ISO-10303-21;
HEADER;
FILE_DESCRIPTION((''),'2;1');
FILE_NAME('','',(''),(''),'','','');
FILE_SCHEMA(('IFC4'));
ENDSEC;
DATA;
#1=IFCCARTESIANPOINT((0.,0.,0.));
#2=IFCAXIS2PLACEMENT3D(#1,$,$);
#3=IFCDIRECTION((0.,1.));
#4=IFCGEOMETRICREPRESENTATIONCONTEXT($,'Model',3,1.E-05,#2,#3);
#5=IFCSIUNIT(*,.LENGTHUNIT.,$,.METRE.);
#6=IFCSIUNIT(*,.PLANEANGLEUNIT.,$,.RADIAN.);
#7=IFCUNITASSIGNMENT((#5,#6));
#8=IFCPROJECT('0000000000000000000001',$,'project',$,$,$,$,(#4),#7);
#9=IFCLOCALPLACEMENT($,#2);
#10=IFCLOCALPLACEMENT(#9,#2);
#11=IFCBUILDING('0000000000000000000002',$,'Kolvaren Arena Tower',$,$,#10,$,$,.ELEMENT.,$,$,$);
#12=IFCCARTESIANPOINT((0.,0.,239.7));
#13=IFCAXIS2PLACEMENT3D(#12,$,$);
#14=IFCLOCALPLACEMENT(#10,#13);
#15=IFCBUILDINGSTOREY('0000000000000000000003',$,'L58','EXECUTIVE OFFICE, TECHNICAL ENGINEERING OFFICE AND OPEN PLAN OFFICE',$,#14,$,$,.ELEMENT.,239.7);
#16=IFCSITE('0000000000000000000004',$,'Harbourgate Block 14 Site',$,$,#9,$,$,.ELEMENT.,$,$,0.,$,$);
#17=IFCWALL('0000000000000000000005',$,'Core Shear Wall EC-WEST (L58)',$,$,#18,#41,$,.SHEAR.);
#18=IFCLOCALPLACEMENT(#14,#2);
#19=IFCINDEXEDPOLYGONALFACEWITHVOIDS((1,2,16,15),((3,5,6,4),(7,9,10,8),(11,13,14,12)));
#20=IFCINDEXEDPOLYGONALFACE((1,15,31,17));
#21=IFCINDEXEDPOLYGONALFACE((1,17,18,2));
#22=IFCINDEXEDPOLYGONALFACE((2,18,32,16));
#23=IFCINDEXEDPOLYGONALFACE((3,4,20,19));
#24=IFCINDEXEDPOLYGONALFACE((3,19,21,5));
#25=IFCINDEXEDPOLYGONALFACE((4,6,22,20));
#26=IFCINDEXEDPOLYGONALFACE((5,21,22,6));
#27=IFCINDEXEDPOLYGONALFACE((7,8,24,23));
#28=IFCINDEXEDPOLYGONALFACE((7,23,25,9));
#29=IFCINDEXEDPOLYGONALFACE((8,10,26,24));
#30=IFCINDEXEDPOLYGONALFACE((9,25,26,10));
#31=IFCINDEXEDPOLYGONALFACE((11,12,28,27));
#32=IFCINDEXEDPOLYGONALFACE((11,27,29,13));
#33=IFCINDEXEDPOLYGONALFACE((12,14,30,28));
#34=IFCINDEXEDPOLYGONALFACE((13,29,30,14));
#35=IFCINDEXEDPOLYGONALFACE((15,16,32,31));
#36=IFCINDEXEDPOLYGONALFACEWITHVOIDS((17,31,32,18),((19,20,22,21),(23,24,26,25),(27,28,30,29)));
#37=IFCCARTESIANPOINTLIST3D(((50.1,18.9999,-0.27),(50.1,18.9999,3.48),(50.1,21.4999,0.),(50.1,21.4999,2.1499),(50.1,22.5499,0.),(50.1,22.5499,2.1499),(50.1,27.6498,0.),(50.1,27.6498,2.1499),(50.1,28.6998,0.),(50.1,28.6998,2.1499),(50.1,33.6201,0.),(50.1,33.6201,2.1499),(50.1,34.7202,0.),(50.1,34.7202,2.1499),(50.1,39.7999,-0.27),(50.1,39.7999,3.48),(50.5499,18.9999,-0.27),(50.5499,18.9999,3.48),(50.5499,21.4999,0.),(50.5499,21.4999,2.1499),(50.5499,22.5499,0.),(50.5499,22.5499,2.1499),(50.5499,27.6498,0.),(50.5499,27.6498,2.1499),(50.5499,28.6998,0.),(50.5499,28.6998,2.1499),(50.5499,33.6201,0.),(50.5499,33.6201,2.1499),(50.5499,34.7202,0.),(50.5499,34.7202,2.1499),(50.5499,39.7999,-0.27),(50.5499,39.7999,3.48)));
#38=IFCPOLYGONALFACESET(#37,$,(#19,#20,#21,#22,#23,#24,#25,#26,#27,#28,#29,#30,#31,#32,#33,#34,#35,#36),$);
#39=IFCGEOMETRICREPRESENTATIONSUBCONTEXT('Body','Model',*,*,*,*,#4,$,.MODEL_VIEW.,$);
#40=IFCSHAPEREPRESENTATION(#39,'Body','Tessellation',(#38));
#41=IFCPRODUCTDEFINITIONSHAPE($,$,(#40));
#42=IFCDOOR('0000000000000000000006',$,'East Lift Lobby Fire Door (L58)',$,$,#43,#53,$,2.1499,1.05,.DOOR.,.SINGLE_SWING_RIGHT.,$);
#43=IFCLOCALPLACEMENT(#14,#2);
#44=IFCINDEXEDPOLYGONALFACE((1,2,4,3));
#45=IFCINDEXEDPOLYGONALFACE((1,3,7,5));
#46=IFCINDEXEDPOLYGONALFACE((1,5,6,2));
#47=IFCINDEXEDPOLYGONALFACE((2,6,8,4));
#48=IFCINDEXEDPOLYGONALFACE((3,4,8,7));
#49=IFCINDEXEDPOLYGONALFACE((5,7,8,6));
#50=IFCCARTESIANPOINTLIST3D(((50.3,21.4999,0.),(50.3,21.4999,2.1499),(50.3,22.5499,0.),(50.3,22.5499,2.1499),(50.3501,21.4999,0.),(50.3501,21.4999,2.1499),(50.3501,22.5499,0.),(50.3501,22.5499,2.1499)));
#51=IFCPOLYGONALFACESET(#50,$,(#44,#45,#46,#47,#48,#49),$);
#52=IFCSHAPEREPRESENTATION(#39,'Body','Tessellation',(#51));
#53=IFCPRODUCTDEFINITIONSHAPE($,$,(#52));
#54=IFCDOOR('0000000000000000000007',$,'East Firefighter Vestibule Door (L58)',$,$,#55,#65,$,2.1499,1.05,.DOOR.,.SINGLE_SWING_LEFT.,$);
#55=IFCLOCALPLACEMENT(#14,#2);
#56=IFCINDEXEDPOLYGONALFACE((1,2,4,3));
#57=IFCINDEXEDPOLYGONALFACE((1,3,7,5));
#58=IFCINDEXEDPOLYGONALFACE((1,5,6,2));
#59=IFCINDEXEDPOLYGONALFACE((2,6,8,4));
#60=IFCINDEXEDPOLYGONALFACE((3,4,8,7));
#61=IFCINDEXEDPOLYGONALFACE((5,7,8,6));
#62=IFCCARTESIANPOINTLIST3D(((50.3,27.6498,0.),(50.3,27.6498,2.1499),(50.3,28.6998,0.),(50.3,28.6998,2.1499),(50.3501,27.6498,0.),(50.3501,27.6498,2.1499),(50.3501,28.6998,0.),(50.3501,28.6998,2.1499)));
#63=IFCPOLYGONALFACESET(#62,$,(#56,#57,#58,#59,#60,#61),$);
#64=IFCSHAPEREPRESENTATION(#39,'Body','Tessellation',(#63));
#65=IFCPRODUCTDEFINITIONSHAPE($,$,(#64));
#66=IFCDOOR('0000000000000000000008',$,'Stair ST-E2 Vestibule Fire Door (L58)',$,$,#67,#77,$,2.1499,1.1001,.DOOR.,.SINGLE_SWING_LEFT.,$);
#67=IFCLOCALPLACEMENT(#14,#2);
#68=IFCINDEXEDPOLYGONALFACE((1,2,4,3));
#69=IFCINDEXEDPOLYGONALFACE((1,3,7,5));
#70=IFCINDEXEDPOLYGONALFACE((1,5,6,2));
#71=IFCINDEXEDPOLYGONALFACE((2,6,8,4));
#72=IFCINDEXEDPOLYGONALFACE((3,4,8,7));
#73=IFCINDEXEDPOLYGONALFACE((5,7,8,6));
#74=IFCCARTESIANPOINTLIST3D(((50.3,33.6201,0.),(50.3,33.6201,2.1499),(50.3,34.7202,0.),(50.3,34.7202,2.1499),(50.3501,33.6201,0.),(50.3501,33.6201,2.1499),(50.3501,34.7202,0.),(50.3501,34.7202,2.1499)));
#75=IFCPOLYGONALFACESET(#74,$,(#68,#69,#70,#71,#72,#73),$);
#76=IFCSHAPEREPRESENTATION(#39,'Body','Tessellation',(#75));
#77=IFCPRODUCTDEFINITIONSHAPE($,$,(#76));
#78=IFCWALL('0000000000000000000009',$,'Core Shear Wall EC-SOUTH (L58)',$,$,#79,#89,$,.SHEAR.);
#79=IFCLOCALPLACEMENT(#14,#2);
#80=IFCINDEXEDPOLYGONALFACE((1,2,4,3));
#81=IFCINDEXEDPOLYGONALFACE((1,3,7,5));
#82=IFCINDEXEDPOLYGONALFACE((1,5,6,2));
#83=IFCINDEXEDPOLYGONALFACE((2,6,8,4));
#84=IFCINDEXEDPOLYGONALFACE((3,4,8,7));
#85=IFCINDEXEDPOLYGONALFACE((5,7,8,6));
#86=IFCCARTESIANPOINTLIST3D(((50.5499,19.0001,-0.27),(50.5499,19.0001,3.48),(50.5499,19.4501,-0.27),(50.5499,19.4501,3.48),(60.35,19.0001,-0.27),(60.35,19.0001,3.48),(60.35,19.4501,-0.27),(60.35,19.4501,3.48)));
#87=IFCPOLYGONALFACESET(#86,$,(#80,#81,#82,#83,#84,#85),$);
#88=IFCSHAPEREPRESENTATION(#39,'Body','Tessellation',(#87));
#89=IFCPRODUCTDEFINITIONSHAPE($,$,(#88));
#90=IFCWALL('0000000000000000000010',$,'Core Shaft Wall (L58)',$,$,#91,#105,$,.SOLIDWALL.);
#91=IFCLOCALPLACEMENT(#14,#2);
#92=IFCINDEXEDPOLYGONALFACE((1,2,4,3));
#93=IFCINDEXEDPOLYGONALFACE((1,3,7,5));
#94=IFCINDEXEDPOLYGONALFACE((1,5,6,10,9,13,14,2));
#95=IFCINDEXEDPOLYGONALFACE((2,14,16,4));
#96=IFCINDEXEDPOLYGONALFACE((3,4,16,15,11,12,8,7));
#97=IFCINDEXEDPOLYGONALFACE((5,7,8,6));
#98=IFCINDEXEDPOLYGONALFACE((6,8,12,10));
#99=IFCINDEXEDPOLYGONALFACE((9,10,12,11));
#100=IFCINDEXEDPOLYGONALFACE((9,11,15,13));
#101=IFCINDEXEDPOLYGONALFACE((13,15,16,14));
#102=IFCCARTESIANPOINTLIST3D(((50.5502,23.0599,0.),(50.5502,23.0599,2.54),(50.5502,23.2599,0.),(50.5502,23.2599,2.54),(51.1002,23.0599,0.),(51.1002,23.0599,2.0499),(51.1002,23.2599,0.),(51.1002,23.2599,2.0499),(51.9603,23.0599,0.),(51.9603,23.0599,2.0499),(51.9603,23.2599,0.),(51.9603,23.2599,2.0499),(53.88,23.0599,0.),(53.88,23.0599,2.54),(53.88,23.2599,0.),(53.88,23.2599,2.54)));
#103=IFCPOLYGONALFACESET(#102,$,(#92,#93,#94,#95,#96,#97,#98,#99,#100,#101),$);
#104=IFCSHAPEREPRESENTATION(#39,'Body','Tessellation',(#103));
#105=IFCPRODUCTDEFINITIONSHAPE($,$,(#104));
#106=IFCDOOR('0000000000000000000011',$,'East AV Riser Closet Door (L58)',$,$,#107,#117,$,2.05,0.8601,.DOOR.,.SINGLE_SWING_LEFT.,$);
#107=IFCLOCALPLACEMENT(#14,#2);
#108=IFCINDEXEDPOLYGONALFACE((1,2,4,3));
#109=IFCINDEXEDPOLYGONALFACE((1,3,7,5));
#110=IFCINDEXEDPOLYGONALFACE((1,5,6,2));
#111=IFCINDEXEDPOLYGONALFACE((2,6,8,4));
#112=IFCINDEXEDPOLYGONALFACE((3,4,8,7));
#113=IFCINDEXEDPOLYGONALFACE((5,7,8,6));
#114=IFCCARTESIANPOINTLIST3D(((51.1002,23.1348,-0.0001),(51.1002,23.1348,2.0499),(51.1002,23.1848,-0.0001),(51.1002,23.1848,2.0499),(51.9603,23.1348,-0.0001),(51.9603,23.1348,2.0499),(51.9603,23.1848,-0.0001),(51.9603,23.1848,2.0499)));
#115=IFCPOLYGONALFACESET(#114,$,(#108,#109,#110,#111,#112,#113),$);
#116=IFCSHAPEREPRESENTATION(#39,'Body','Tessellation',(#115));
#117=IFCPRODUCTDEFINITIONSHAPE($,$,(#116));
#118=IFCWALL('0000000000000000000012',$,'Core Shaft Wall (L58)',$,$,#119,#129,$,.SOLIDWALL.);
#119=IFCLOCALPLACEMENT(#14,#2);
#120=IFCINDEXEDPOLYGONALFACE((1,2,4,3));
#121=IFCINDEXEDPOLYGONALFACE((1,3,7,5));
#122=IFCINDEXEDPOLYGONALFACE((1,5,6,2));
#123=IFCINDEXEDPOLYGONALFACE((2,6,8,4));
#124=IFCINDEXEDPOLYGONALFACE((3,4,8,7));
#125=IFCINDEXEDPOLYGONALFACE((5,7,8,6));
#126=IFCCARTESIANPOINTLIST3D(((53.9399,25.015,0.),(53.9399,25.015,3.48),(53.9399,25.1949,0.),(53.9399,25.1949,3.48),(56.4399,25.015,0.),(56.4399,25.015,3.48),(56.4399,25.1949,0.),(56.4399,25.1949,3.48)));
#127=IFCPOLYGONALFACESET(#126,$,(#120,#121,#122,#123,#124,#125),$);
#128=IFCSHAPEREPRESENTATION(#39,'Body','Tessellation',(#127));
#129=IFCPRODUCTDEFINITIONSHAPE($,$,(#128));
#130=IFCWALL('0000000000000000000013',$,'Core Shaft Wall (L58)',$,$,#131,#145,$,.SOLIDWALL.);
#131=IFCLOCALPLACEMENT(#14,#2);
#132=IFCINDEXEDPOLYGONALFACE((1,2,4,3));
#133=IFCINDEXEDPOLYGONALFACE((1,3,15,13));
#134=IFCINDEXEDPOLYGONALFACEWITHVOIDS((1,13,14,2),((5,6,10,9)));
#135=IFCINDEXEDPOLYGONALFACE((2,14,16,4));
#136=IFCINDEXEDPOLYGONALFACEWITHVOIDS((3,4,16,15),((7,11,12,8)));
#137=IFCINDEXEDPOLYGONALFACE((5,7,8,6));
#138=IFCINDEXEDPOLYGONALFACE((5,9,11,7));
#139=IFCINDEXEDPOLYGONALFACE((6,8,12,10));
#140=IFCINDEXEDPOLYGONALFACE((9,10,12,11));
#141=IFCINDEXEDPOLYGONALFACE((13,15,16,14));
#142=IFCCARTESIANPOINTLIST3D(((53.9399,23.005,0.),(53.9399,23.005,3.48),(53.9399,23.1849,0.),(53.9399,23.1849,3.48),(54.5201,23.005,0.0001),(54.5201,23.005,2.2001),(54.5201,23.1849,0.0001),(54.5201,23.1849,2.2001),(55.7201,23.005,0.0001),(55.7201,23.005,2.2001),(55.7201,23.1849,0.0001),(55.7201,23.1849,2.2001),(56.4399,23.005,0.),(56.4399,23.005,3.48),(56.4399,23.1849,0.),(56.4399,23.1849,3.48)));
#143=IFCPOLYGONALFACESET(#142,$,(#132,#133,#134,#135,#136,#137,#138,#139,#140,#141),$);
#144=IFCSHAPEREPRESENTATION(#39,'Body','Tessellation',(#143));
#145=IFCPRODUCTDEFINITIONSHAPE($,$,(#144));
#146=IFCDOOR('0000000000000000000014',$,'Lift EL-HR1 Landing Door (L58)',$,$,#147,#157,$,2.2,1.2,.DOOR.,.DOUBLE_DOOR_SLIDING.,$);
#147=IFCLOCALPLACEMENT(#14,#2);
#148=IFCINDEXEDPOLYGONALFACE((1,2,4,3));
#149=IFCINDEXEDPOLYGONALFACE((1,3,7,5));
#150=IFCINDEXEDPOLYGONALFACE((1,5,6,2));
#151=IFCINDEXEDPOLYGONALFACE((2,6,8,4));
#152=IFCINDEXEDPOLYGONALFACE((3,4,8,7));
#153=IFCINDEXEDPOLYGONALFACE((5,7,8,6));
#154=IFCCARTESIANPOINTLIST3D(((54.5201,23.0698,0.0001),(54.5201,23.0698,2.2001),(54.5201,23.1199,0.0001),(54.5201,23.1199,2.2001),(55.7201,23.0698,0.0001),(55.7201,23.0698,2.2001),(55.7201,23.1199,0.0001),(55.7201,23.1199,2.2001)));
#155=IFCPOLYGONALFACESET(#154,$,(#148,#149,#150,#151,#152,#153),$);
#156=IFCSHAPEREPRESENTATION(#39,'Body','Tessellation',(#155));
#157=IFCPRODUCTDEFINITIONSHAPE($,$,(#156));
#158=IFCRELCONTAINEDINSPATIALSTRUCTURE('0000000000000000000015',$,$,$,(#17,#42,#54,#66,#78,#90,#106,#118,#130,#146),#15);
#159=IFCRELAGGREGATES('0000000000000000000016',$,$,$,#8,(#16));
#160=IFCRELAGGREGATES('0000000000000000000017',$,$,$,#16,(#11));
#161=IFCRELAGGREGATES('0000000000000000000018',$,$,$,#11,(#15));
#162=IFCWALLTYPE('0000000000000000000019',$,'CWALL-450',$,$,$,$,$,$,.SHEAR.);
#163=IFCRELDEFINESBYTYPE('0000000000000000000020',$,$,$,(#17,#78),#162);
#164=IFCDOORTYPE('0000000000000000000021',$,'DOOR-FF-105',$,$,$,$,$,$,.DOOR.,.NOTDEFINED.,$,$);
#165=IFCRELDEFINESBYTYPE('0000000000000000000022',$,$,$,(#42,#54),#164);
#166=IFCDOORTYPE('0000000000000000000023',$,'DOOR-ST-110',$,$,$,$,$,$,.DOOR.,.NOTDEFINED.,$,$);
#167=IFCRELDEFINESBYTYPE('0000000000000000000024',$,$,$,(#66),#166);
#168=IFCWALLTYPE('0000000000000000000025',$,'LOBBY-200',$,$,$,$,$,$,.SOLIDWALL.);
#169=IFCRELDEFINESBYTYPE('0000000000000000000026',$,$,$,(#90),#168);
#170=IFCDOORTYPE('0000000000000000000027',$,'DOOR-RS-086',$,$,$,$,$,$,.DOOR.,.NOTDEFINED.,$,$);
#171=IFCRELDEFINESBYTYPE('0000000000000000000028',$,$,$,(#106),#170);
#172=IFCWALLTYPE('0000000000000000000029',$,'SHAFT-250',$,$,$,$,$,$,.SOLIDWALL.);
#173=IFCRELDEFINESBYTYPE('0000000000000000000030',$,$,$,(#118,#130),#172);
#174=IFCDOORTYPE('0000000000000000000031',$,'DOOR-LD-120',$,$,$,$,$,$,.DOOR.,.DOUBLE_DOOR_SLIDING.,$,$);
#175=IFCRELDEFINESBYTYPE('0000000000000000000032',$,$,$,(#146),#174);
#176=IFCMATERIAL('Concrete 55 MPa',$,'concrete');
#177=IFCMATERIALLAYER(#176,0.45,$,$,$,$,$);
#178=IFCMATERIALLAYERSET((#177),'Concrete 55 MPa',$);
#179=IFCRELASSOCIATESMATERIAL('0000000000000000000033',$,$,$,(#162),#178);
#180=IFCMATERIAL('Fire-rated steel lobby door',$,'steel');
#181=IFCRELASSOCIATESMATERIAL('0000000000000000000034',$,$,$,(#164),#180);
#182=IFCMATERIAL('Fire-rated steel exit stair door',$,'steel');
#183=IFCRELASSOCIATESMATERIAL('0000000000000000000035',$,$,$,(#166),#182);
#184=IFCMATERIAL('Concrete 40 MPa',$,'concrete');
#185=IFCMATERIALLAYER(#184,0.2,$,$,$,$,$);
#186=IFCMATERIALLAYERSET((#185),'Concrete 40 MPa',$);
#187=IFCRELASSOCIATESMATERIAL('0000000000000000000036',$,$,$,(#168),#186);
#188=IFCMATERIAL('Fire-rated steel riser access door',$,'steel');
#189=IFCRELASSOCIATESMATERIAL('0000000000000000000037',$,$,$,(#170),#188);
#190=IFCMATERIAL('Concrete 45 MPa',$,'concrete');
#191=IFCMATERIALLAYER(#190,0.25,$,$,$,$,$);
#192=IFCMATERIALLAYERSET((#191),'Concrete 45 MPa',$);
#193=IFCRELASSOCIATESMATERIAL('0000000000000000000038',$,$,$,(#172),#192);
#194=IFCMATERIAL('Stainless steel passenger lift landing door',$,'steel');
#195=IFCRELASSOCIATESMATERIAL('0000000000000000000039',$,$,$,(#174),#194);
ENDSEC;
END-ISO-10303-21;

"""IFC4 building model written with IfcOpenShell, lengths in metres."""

from ifc_helpers import new_model, si_unit, direction, frame, frame_2d, origin, place, context, subcontext, project, spatial, rectangle, extrude, material, layer, layer_set, type_object, element, fill, save


model = new_model("IFC4")

# Units and contexts
model_context = context("Model", 3, precision=1e-05, world=origin(), true_north=direction((0.0, 1.0)))
body_context = subcontext(model_context, "Body", "Model", "MODEL_VIEW")
ifc_project = project(units=[si_unit("LENGTHUNIT", "METRE"), si_unit("PLANEANGLEUNIT", "RADIAN")], contexts=[model_context])

# Site, building, storey
site_placement = place(None, origin())
site = spatial("IfcSite", under=ifc_project, at=site_placement, Name="Harbourgate Block 14 Site", CompositionType="ELEMENT", RefElevation=0.0)
building_placement = place(site_placement, origin())
building = spatial("IfcBuilding", under=site, at=building_placement, Name="Kolvaren Arena Tower", CompositionType="ELEMENT")
storey_placement = place(building_placement, frame((0.0, 0.0, 239.7)))
storey = spatial("IfcBuildingStorey", under=building, at=storey_placement, Name="L58", Description="EXECUTIVE OFFICE, TECHNICAL ENGINEERING OFFICE AND OPEN PLAN OFFICE", CompositionType="ELEMENT", Elevation=239.7)

# Wall, openings, doors
ifc_material_1 = material(Name="Concrete 55 MPa", Category="concrete")
ifc_layer_1 = layer(ifc_material_1, 0.45)
ifc_layer_set_1 = layer_set([ifc_layer_1], Name="Concrete 55 MPa")
wall_type_1 = type_object("IfcWallType", Name="CWALL-450", PredefinedType="SHEAR", material=ifc_layer_set_1)
wall_1_placement = place(storey_placement, frame((50.325, 19.0, -0.27), z_axis=(0.0, 0.0, 1.0), x_axis=(0.0, 1.0, 0.0)))
wall_1 = element("IfcWall", 1, at=wall_1_placement, inside=storey, type_object=wall_type_1, Name="Core Shear Wall EC-WEST (L58)", PredefinedType="SHEAR", context=body_context, shape_type="SweptSolid", body=[
    extrude(rectangle(XDim=20.8, YDim=0.45, at=frame_2d((10.3999, 0.0))), origin(), (0.0, 0.0, 1.0), 3.75),
])
opening_1_placement = place(wall_1_placement, frame((2.5, 0.0, 0.27)))
opening_1 = element("IfcOpeningElement", 2, at=opening_1_placement, cuts=wall_1, PredefinedType="OPENING", context=body_context, shape_type="SweptSolid", body=[
    extrude(rectangle(XDim=1.05, YDim=2.1499, at=frame_2d((0.5249, 1.075))), frame((0.0, 0.2349, 0.0), z_axis=(0.0, -1.0, 0.0), x_axis=(1.0, 0.0, 0.0)), (0.0, 0.0, 1.0), 0.47),
])
opening_2_placement = place(wall_1_placement, frame((8.6499, 0.0, 0.27)))
opening_2 = element("IfcOpeningElement", 3, at=opening_2_placement, cuts=wall_1, PredefinedType="OPENING", context=body_context, shape_type="SweptSolid", body=[
    extrude(rectangle(XDim=1.05, YDim=2.1499, at=frame_2d((0.5249, 1.075))), frame((0.0, 0.2349, 0.0), z_axis=(0.0, -1.0, 0.0), x_axis=(1.0, 0.0, 0.0)), (0.0, 0.0, 1.0), 0.47),
])
opening_3_placement = place(wall_1_placement, frame((14.6201, 0.0, 0.27)))
opening_3 = element("IfcOpeningElement", 4, at=opening_3_placement, cuts=wall_1, PredefinedType="OPENING", context=body_context, shape_type="SweptSolid", body=[
    extrude(rectangle(XDim=1.1001, YDim=2.1499, at=frame_2d((0.55, 1.075))), frame((0.0, 0.2349, 0.0), z_axis=(0.0, -1.0, 0.0), x_axis=(1.0, 0.0, 0.0)), (0.0, 0.0, 1.0), 0.47),
])
ifc_material_2 = material(Name="Fire-rated steel lobby door", Category="steel")
door_type_1 = type_object("IfcDoorType", Name="DOOR-FF-105", OperationType="NOTDEFINED", PredefinedType="DOOR", material=ifc_material_2)
door_1_placement = place(opening_1_placement, origin())
door_1 = element("IfcDoor", 5, at=door_1_placement, inside=storey, type_object=door_type_1, Name="East Lift Lobby Fire Door (L58)", OperationType="SINGLE_SWING_RIGHT", OverallHeight=2.1499, OverallWidth=1.05, PredefinedType="DOOR", context=body_context, shape_type="SweptSolid", body=[
    extrude(rectangle(XDim=1.05, YDim=2.1499, at=frame_2d((0.5249, 1.075))), frame((0.0, 0.0249, 0.0), z_axis=(0.0, -1.0, 0.0), x_axis=(1.0, 0.0, 0.0)), (0.0, 0.0, 1.0), 0.05),
])
fill(opening_1, door_1)
door_2_placement = place(opening_2_placement, origin())
door_2 = element("IfcDoor", 6, at=door_2_placement, inside=storey, type_object=door_type_1, Name="East Firefighter Vestibule Door (L58)", OperationType="SINGLE_SWING_LEFT", OverallHeight=2.1499, OverallWidth=1.05, PredefinedType="DOOR", context=body_context, shape_type="SweptSolid", body=[
    extrude(rectangle(XDim=1.05, YDim=2.1499, at=frame_2d((0.5249, 1.075))), frame((0.0, 0.0249, 0.0), z_axis=(0.0, -1.0, 0.0), x_axis=(1.0, 0.0, 0.0)), (0.0, 0.0, 1.0), 0.05),
])
fill(opening_2, door_2)
ifc_material_3 = material(Name="Fire-rated steel exit stair door", Category="steel")
door_type_2 = type_object("IfcDoorType", Name="DOOR-ST-110", OperationType="NOTDEFINED", PredefinedType="DOOR", material=ifc_material_3)
door_3_placement = place(opening_3_placement, origin())
door_3 = element("IfcDoor", 7, at=door_3_placement, inside=storey, type_object=door_type_2, Name="Stair ST-E2 Vestibule Fire Door (L58)", OperationType="SINGLE_SWING_LEFT", OverallHeight=2.1499, OverallWidth=1.1001, PredefinedType="DOOR", context=body_context, shape_type="SweptSolid", body=[
    extrude(rectangle(XDim=1.1001, YDim=2.1499, at=frame_2d((0.55, 1.075))), frame((0.0, 0.0249, 0.0), z_axis=(0.0, -1.0, 0.0), x_axis=(1.0, 0.0, 0.0)), (0.0, 0.0, 1.0), 0.05),
])
fill(opening_3, door_3)

# Wall
wall_2_placement = place(storey_placement, frame((50.55, 19.2251, -0.27), z_axis=(0.0, 0.0, 1.0), x_axis=(1.0, 0.0, 0.0)))
element("IfcWall", 8, at=wall_2_placement, inside=storey, type_object=wall_type_1, Name="Core Shear Wall EC-SOUTH (L58)", PredefinedType="SHEAR", context=body_context, shape_type="SweptSolid", body=[
    extrude(rectangle(XDim=9.8, YDim=0.45, at=frame_2d((4.8999, 0.0))), origin(), (0.0, 0.0, 1.0), 3.75),
])

# Shared definitions
ifc_material_4 = material(Name="Concrete 40 MPa", Category="concrete")
ifc_layer_2 = layer(ifc_material_4, 0.2)
ifc_layer_set_2 = layer_set([ifc_layer_2], Name="Concrete 40 MPa")
wall_type_2 = type_object("IfcWallType", Name="LOBBY-200", PredefinedType="SOLIDWALL", material=ifc_layer_set_2)

# Wall, opening, door
wall_3_placement = place(storey_placement, frame((50.55, 23.1599, 0.0), z_axis=(0.0, 0.0, 1.0), x_axis=(1.0, 0.0, 0.0)))
wall_3 = element("IfcWall", 9, at=wall_3_placement, inside=storey, type_object=wall_type_2, Name="Core Shaft Wall (L58)", PredefinedType="SOLIDWALL", context=body_context, shape_type="SweptSolid", body=[
    extrude(rectangle(XDim=3.3298, YDim=0.2, at=frame_2d((1.665, 0.0))), origin(), (0.0, 0.0, 1.0), 2.54),
])
opening_4_placement = place(wall_3_placement, frame((0.55, 0.0, 0.0)))
opening_4 = element("IfcOpeningElement", 10, at=opening_4_placement, cuts=wall_3, PredefinedType="OPENING", context=body_context, shape_type="SweptSolid", body=[
    extrude(rectangle(XDim=0.8601, YDim=2.05, at=frame_2d((0.4302, 1.0249))), frame((0.0, 0.1099, 0.0), z_axis=(0.0, -1.0, 0.0), x_axis=(1.0, 0.0, 0.0)), (0.0, 0.0, 1.0), 0.22),
])
ifc_material_5 = material(Name="Fire-rated steel riser access door", Category="steel")
door_type_3 = type_object("IfcDoorType", Name="DOOR-RS-086", OperationType="NOTDEFINED", PredefinedType="DOOR", material=ifc_material_5)
door_4_placement = place(opening_4_placement, origin())
door_4 = element("IfcDoor", 11, at=door_4_placement, inside=storey, type_object=door_type_3, Name="East AV Riser Closet Door (L58)", OperationType="SINGLE_SWING_LEFT", OverallHeight=2.05, OverallWidth=0.8601, PredefinedType="DOOR", context=body_context, shape_type="SweptSolid", body=[
    extrude(rectangle(XDim=0.8601, YDim=2.05, at=frame_2d((0.4302, 1.0249))), frame((0.0, 0.0249, 0.0), z_axis=(0.0, -1.0, 0.0), x_axis=(1.0, 0.0, 0.0)), (0.0, 0.0, 1.0), 0.05),
])
fill(opening_4, door_4)

# Wall
ifc_material_6 = material(Name="Concrete 45 MPa", Category="concrete")
ifc_layer_3 = layer(ifc_material_6, 0.25)
ifc_layer_set_3 = layer_set([ifc_layer_3], Name="Concrete 45 MPa")
wall_type_3 = type_object("IfcWallType", Name="SHAFT-250", PredefinedType="SOLIDWALL", material=ifc_layer_set_3)
wall_4_placement = place(storey_placement, frame((53.9399, 25.105, 0.0), z_axis=(0.0, 0.0, 1.0), x_axis=(1.0, 0.0, 0.0)))
element("IfcWall", 12, at=wall_4_placement, inside=storey, type_object=wall_type_3, Name="Core Shaft Wall (L58)", PredefinedType="SOLIDWALL", context=body_context, shape_type="SweptSolid", body=[
    extrude(rectangle(XDim=2.5, YDim=0.1799, at=frame_2d((1.25, 0.0))), origin(), (0.0, 0.0, 1.0), 3.48),
])

# Wall, opening, door
wall_5_placement = place(storey_placement, frame((53.9399, 23.095, 0.0), z_axis=(0.0, 0.0, 1.0), x_axis=(1.0, 0.0, 0.0)))
wall_5 = element("IfcWall", 13, at=wall_5_placement, inside=storey, type_object=wall_type_3, Name="Core Shaft Wall (L58)", PredefinedType="SOLIDWALL", context=body_context, shape_type="SweptSolid", body=[
    extrude(rectangle(XDim=2.5, YDim=0.1799, at=frame_2d((1.25, 0.0))), origin(), (0.0, 0.0, 1.0), 3.48),
])
opening_5_placement = place(wall_5_placement, frame((0.5801, 0.0, 0.0)))
opening_5 = element("IfcOpeningElement", 14, at=opening_5_placement, cuts=wall_5, PredefinedType="OPENING", context=body_context, shape_type="SweptSolid", body=[
    extrude(rectangle(XDim=1.2, YDim=2.2, at=frame_2d((0.6001, 1.1001))), frame((0.0, 0.0999, 0.0), z_axis=(0.0, -1.0, 0.0), x_axis=(1.0, 0.0, 0.0)), (0.0, 0.0, 1.0), 0.2),
])
ifc_material_7 = material(Name="Stainless steel passenger lift landing door", Category="steel")
door_type_4 = type_object("IfcDoorType", Name="DOOR-LD-120", OperationType="DOUBLE_DOOR_SLIDING", PredefinedType="DOOR", material=ifc_material_7)
door_5_placement = place(opening_5_placement, origin())
door_5 = element("IfcDoor", 15, at=door_5_placement, inside=storey, type_object=door_type_4, Name="Lift EL-HR1 Landing Door (L58)", OperationType="DOUBLE_DOOR_SLIDING", OverallHeight=2.2, OverallWidth=1.2, PredefinedType="DOOR", context=body_context, shape_type="SweptSolid", body=[
    extrude(rectangle(XDim=1.2, YDim=2.2, at=frame_2d((0.6001, 1.1001))), frame((0.0, 0.0249, 0.0), z_axis=(0.0, -1.0, 0.0), x_axis=(1.0, 0.0, 0.0)), (0.0, 0.0, 1.0), 0.05),
])
fill(opening_5, door_5)

save(model, "model.ifc")
